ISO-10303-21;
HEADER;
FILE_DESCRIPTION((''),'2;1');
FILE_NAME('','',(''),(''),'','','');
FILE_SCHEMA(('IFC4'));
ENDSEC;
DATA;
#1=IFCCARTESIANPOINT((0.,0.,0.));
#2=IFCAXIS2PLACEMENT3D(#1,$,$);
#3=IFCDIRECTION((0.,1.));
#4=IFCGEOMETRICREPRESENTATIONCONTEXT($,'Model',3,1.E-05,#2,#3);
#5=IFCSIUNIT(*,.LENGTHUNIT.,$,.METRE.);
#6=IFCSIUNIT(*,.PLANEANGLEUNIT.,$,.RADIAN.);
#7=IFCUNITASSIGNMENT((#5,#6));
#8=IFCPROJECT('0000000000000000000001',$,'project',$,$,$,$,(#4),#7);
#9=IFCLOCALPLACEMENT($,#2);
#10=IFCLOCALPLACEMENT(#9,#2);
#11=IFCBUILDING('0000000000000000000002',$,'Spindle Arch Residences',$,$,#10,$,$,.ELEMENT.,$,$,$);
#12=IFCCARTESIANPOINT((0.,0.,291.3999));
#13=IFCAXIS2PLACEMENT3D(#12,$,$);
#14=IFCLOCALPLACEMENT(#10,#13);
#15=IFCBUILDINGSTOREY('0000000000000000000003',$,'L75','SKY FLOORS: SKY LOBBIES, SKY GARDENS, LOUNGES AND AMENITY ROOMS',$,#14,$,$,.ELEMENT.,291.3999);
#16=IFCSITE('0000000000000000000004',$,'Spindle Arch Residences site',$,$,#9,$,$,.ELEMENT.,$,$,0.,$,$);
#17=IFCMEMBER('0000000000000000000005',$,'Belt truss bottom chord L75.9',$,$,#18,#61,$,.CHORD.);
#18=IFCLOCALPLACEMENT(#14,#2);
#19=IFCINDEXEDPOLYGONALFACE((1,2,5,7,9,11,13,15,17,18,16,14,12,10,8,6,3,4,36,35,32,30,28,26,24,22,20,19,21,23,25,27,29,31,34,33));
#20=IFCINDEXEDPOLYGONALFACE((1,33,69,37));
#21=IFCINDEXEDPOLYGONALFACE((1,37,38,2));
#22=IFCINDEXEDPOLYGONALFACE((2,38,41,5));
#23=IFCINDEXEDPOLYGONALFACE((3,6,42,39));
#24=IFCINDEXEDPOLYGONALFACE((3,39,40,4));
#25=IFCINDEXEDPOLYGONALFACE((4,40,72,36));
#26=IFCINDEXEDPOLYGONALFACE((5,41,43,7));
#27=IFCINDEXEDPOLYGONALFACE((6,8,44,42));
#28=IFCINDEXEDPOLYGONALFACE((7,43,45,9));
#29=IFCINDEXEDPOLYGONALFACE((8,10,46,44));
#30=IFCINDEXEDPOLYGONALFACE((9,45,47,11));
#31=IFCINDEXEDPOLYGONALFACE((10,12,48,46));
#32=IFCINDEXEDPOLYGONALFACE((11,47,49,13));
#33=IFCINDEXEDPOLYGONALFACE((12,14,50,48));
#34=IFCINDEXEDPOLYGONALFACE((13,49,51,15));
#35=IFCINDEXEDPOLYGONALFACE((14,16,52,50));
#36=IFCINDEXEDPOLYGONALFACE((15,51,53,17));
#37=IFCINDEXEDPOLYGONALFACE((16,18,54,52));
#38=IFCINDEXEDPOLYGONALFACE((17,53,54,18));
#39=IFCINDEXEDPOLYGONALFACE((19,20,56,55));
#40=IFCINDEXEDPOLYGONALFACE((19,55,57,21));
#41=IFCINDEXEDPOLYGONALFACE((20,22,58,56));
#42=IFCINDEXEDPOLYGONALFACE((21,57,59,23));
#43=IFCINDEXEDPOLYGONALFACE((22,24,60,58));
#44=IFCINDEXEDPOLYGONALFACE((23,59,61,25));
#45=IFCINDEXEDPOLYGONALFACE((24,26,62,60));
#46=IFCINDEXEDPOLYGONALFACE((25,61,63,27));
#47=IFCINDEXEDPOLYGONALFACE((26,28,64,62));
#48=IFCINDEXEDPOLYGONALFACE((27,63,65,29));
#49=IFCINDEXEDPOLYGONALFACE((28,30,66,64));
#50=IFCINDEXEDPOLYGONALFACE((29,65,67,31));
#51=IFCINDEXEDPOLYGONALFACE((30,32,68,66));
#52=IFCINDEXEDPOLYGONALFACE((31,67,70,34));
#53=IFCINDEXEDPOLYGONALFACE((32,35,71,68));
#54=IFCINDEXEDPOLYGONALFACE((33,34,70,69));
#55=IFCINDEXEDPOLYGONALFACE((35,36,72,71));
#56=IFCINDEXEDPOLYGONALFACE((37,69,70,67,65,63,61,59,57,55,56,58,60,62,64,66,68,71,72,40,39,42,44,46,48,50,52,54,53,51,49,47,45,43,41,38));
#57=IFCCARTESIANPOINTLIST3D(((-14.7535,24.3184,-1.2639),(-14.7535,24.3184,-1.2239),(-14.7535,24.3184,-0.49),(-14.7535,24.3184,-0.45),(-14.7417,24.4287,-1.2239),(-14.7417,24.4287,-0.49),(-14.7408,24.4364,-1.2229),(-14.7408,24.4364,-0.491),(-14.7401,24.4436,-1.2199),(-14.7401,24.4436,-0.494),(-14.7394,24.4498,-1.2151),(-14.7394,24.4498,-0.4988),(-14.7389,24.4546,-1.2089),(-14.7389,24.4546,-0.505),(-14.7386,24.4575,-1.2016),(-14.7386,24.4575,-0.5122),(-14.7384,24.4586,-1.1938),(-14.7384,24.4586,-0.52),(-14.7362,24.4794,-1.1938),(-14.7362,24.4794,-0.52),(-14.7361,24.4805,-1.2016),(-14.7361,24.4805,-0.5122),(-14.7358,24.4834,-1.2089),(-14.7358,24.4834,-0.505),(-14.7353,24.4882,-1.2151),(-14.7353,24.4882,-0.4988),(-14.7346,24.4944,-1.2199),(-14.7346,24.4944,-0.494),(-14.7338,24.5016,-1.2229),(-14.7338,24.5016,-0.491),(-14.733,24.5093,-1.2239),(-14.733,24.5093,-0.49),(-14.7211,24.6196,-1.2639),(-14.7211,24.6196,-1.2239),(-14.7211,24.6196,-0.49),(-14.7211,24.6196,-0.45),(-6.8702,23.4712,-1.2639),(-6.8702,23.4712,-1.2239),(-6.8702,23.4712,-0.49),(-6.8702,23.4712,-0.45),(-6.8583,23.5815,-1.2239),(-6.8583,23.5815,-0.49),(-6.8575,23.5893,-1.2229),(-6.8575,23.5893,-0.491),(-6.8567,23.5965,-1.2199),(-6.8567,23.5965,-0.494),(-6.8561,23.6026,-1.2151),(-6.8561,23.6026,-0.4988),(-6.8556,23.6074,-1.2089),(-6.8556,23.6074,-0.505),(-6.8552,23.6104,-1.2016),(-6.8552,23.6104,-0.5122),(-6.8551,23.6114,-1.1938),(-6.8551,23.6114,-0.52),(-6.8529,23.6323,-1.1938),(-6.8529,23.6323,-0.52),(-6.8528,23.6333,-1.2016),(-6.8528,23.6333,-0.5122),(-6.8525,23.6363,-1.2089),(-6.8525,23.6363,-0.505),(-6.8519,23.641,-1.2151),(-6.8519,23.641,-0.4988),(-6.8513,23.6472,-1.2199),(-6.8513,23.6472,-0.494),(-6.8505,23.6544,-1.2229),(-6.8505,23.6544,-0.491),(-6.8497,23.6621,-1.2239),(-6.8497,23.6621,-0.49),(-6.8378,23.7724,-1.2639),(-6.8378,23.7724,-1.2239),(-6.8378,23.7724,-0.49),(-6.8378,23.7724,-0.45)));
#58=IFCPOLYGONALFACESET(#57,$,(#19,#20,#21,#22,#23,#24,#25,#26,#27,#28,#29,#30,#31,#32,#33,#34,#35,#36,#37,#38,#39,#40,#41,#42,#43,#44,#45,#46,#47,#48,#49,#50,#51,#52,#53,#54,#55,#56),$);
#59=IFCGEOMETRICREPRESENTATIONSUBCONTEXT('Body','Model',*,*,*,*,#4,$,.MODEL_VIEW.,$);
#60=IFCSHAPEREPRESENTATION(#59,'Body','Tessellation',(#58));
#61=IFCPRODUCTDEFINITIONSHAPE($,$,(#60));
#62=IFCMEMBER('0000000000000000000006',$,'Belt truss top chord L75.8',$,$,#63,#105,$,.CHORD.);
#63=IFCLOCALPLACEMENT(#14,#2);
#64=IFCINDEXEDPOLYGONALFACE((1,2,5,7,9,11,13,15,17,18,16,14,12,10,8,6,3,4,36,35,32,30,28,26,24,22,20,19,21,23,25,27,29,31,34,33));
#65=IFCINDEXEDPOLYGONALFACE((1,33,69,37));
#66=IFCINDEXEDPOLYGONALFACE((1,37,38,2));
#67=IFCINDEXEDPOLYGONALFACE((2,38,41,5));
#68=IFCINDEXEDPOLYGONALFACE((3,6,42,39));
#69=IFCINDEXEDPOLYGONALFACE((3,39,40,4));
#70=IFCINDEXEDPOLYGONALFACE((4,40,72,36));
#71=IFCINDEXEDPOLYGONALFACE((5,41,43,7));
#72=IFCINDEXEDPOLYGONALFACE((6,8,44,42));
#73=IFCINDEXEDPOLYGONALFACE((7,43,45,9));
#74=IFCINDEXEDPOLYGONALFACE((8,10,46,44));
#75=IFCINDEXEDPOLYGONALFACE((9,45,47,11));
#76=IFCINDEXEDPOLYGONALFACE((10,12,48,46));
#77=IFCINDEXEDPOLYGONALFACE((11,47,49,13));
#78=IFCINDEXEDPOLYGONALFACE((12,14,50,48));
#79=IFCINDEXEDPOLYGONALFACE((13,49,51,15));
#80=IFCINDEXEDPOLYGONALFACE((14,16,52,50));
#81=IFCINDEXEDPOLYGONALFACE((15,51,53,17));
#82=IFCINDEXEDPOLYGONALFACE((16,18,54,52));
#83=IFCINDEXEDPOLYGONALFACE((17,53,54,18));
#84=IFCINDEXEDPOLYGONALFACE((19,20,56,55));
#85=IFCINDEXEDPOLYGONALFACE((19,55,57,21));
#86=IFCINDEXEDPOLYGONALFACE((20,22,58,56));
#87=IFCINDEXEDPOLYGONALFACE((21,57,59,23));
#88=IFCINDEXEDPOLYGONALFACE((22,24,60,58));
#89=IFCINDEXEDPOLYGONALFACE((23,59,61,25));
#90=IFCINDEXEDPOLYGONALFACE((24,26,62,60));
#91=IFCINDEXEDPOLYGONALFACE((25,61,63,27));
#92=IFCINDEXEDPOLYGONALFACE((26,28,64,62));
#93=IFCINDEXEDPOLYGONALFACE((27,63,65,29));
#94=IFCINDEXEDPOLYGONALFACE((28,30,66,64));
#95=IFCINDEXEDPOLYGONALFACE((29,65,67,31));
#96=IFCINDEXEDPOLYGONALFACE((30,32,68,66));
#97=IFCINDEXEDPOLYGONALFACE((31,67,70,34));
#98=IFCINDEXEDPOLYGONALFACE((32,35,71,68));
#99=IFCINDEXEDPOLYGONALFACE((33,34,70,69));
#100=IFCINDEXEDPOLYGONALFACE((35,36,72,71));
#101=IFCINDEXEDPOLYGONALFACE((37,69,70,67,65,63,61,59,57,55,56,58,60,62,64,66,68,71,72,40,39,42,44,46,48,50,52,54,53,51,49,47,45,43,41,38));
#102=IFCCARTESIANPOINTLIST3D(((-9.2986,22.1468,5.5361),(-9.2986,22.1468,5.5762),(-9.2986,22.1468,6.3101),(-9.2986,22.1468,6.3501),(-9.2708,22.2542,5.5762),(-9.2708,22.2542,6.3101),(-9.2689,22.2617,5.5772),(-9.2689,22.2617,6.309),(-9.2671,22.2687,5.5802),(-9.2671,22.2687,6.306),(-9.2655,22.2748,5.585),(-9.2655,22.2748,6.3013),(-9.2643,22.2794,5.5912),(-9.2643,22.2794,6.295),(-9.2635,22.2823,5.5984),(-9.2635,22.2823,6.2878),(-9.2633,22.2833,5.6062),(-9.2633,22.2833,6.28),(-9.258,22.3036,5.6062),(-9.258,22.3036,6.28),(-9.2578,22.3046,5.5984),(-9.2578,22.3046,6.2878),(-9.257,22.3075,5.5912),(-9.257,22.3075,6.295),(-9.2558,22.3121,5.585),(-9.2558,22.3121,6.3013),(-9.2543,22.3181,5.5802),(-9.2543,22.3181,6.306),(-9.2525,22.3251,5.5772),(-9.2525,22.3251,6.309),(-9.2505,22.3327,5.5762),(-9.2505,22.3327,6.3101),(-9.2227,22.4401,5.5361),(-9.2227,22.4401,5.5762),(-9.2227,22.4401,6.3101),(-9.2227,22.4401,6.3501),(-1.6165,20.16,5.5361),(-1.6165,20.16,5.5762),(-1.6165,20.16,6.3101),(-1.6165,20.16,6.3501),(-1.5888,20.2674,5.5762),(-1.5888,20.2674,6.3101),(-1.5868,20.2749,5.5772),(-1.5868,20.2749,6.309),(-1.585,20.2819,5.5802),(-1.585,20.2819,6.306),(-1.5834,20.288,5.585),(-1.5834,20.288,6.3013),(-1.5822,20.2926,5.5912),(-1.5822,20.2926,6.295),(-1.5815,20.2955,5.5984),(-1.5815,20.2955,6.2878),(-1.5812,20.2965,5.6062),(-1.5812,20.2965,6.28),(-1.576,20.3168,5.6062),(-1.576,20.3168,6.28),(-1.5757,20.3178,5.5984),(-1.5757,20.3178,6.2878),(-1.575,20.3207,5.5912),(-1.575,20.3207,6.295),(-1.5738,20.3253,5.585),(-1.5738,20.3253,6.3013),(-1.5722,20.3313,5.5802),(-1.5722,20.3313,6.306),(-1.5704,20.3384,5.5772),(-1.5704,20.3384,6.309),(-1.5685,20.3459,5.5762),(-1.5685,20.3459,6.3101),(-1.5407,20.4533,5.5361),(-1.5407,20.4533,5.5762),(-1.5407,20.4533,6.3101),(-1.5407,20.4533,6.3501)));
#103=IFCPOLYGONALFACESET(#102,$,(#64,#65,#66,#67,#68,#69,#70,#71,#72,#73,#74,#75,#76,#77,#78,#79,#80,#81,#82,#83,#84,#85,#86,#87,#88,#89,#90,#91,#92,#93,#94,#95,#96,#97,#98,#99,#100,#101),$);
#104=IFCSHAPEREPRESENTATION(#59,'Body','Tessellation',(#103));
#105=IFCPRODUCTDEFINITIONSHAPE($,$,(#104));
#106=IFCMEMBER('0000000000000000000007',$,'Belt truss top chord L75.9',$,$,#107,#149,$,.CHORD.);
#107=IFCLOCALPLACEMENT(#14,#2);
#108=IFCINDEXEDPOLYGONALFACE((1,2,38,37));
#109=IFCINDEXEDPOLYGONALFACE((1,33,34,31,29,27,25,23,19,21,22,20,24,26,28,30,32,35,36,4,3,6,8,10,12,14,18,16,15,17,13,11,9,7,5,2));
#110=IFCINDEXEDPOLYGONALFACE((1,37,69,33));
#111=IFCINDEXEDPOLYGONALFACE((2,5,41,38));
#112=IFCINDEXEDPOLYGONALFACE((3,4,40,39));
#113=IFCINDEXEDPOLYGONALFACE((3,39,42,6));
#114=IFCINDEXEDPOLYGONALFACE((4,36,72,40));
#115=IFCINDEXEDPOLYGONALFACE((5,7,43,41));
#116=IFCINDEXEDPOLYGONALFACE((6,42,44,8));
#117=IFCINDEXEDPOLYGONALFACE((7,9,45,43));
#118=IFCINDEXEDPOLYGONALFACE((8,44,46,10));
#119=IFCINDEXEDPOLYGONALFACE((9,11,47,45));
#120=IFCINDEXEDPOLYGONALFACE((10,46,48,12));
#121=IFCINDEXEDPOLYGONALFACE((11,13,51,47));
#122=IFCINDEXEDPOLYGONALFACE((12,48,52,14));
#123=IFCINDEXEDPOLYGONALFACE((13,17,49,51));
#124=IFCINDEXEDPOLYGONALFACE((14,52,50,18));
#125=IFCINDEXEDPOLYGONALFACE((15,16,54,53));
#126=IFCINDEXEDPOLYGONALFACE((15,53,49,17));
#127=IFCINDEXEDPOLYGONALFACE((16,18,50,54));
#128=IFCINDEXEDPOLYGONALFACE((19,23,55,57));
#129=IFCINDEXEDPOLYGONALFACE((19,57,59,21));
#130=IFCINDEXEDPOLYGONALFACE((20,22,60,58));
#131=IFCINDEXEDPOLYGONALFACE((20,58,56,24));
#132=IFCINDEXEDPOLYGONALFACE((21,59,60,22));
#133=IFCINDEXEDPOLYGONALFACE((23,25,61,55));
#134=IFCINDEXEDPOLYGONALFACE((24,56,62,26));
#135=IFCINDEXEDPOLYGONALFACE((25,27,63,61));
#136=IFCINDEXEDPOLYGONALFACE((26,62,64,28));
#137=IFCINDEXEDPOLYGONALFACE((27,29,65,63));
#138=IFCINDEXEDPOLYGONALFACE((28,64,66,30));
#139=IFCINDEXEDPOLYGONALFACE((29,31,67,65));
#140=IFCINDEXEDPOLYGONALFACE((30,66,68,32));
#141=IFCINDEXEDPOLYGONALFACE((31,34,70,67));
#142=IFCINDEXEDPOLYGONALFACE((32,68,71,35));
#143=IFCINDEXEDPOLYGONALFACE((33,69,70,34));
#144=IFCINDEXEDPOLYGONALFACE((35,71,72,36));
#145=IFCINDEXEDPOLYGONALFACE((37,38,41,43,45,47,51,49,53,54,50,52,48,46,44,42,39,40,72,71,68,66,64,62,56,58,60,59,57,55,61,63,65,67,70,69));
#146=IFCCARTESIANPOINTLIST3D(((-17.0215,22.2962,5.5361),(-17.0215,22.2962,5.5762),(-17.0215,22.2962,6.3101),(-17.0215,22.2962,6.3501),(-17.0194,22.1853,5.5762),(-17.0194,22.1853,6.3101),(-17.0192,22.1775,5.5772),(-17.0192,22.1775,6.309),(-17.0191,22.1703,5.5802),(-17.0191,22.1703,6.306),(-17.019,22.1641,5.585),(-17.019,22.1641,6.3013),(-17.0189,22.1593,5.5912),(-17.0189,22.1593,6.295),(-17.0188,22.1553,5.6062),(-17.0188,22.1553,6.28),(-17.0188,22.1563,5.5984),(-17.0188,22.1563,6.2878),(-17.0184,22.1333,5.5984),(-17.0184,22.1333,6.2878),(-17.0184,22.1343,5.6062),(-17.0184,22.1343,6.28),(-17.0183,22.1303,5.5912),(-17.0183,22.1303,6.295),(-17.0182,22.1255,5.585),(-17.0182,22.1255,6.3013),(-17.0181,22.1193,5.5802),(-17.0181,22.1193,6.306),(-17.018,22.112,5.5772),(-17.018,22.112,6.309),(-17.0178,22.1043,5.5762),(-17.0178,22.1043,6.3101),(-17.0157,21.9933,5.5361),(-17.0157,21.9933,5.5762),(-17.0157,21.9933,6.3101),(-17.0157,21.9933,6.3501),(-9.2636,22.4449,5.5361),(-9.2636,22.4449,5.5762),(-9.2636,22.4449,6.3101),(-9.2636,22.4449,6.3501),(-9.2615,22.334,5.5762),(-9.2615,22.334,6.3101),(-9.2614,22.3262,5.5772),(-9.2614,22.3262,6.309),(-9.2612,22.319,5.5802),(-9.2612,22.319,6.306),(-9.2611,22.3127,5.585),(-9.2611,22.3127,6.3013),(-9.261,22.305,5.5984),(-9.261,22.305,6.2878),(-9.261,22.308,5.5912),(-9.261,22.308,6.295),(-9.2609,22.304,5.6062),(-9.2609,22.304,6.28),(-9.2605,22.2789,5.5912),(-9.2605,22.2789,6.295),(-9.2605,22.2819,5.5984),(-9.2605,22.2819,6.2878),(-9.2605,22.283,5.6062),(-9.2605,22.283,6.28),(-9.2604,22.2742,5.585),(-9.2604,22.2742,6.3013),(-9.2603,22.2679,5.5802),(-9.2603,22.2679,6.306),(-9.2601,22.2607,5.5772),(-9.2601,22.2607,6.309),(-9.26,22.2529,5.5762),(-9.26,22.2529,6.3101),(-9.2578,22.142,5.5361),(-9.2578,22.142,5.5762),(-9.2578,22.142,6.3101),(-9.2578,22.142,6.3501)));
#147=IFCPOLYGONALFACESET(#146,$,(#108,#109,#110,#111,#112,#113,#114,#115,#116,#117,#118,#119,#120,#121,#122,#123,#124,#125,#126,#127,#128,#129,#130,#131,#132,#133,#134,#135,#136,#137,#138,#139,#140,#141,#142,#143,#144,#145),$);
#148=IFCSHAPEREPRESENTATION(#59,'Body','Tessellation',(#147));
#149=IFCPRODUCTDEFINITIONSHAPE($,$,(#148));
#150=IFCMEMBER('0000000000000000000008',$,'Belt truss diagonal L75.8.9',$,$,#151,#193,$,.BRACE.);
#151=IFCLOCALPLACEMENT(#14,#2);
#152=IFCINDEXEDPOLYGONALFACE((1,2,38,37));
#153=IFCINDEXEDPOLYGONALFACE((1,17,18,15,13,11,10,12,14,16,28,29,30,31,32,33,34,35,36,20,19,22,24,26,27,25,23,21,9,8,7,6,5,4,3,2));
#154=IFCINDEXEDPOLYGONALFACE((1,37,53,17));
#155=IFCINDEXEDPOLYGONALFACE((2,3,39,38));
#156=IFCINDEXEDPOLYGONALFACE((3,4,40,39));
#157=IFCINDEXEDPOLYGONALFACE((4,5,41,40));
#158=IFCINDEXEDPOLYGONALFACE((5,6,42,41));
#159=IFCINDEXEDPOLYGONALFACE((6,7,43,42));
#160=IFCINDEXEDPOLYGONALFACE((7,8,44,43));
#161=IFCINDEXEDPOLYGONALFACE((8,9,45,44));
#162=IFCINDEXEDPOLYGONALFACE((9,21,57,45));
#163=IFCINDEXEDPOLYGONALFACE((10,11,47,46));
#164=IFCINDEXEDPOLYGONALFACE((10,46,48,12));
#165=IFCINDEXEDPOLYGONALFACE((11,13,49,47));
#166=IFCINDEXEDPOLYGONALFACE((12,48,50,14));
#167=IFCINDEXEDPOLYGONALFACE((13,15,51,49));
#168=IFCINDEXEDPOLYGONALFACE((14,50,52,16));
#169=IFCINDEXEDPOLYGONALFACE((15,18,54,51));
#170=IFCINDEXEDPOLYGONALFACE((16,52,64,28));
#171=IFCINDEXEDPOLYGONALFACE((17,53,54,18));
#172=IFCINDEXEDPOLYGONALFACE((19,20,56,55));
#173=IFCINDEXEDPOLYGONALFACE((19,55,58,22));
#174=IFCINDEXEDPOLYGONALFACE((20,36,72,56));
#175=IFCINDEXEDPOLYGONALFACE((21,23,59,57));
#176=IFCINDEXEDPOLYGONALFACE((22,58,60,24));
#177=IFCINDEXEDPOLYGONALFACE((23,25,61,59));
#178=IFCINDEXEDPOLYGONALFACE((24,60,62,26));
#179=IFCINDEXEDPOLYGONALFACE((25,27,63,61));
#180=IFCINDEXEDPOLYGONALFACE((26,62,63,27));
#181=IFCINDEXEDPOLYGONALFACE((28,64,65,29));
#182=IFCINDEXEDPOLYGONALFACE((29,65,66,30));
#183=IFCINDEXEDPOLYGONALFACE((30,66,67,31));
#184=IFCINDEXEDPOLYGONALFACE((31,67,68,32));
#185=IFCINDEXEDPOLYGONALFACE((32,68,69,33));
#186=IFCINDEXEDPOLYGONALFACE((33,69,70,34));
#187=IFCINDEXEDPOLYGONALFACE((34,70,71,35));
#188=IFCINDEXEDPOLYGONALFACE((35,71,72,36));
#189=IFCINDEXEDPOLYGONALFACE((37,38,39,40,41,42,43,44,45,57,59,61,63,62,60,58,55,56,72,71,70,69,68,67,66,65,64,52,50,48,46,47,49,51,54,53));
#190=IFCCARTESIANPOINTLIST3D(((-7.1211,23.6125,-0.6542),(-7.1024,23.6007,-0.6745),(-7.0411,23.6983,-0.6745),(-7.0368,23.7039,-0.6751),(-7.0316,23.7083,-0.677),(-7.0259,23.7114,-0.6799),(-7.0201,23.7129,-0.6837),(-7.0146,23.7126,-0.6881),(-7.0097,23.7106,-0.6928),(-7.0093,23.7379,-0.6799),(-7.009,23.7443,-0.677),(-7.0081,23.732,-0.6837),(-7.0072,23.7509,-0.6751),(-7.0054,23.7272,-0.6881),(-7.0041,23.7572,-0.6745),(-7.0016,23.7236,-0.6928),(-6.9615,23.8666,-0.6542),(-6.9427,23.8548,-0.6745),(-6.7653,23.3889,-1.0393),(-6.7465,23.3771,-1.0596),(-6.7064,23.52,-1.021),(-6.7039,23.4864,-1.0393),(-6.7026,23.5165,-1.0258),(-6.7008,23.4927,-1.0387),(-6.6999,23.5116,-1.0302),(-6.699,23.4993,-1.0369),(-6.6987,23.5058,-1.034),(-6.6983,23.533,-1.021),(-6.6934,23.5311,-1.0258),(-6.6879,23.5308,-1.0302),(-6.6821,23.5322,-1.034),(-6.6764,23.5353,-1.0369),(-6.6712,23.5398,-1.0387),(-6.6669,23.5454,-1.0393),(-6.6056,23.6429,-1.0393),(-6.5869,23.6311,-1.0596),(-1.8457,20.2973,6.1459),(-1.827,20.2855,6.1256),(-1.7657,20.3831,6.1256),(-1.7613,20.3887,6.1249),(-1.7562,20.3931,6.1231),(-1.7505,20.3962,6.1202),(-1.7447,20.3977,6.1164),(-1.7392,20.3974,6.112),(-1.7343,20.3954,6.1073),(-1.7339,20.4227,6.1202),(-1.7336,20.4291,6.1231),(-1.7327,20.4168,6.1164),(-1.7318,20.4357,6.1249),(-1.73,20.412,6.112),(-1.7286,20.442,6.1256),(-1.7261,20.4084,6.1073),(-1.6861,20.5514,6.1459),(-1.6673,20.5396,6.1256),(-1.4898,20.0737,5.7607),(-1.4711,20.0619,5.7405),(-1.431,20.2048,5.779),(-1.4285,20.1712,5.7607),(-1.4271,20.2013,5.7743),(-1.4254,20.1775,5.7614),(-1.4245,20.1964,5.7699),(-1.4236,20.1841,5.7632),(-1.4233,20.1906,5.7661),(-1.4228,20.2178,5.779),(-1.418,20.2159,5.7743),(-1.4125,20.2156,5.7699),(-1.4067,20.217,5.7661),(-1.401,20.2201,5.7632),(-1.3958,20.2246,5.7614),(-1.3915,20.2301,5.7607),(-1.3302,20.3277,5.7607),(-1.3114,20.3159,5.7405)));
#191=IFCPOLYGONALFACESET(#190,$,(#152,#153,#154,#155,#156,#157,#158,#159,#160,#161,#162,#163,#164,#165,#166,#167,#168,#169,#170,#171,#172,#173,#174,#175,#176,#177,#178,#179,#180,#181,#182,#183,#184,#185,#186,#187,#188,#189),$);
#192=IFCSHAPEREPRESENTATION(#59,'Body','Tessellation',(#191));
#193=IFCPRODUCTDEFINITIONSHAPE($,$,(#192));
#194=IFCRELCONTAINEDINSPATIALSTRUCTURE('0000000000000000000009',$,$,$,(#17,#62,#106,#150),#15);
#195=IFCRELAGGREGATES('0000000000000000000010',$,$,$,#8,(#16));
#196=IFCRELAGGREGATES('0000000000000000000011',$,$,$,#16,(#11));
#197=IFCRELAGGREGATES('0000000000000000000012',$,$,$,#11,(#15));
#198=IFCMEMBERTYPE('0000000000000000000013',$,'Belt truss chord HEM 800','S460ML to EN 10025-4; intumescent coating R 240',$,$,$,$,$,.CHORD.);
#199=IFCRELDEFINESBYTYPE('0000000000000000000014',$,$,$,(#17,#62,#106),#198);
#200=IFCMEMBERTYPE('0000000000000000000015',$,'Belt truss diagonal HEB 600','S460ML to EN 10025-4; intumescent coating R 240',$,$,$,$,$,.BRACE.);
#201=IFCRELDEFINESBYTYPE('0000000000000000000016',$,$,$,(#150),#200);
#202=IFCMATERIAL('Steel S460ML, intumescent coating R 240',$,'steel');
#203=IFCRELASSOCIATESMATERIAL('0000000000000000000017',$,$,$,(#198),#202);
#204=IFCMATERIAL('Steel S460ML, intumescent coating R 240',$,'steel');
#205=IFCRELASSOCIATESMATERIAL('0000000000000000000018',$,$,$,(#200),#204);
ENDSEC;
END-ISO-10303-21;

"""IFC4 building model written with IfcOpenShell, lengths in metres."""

from ifc_helpers import new_model, si_unit, direction, frame, origin, origin_2d, place, context, subcontext, project, spatial, i_section, extrude, material, material_profile, profile_set, type_object, element, save


model = new_model("IFC4")

# Units and contexts
model_context = context("Model", 3, precision=1e-05, world=origin(), true_north=direction((0.0, 1.0)))
body_context = subcontext(model_context, "Body", "Model", "MODEL_VIEW")
ifc_project = project(units=[si_unit("LENGTHUNIT", "METRE"), si_unit("PLANEANGLEUNIT", "RADIAN")], contexts=[model_context])

# Site, building, storey
site_placement = place(None, origin())
site = spatial("IfcSite", under=ifc_project, at=site_placement, Name="Spindle Arch Residences site", CompositionType="ELEMENT", RefElevation=0.0)
building_placement = place(site_placement, origin())
building = spatial("IfcBuilding", under=site, at=building_placement, Name="Spindle Arch Residences", CompositionType="ELEMENT")
storey_placement = place(building_placement, frame((0.0, 0.0, 291.3999)))
storey = spatial("IfcBuildingStorey", under=building, at=storey_placement, Name="L75", Description="SKY FLOORS: SKY LOBBIES, SKY GARDENS, LOUNGES AND AMENITY ROOMS", CompositionType="ELEMENT", Elevation=291.3999)

# Members
ifc_material_1 = material(Name="Steel S460ML, intumescent coating R 240", Category="steel")
ifc_material_profile_1 = material_profile(ifc_material_1, i_section(OverallWidth=0.303, OverallDepth=0.814, WebThickness=0.021, FlangeThickness=0.04, FilletRadius=0.03, at=origin_2d()), Name="HEM 800")
ifc_profile_set_1 = profile_set([ifc_material_profile_1], Name="Steel S460ML, intumescent coating R 240")
member_type_1 = type_object("IfcMemberType", Name="Belt truss chord HEM 800", Description="S460ML to EN 10025-4; intumescent coating R 240", PredefinedType="CHORD", material=ifc_profile_set_1)
member_1_placement = place(storey_placement, frame((-6.854, 23.6218, -0.8569), z_axis=(-0.994275, 0.106848, 0.0), x_axis=(-0.106848, -0.994275, 0.0)))
element("IfcMember", 1, at=member_1_placement, inside=storey, type_object=member_type_1, Name="Belt truss bottom chord L75.9", PredefinedType="CHORD", context=body_context, shape_type="SweptSolid", body=[
    extrude(i_section(OverallWidth=0.303, OverallDepth=0.814, WebThickness=0.021, FlangeThickness=0.04, FilletRadius=0.03, at=origin_2d()), origin(), (0.0, 0.0, 1.0), 7.9287),
])
member_2_placement = place(storey_placement, frame((-1.5786, 20.3066, 5.9431), z_axis=(-0.968145, 0.25039, 0.0), x_axis=(-0.25039, -0.968145, 0.0)))
element("IfcMember", 2, at=member_2_placement, inside=storey, type_object=member_type_1, Name="Belt truss top chord L75.8", PredefinedType="CHORD", context=body_context, shape_type="SweptSolid", body=[
    extrude(i_section(OverallWidth=0.303, OverallDepth=0.814, WebThickness=0.021, FlangeThickness=0.04, FilletRadius=0.03, at=origin_2d()), origin(), (0.0, 0.0, 1.0), 7.9348),
])
member_3_placement = place(storey_placement, frame((-9.2607, 22.2935, 5.9431), z_axis=(-0.999816, -0.019162, 0.0), x_axis=(0.019162, -0.999816, 0.0)))
element("IfcMember", 3, at=member_3_placement, inside=storey, type_object=member_type_1, Name="Belt truss top chord L75.9", PredefinedType="CHORD", context=body_context, shape_type="SweptSolid", body=[
    extrude(i_section(OverallWidth=0.303, OverallDepth=0.814, WebThickness=0.021, FlangeThickness=0.04, FilletRadius=0.03, at=origin_2d()), origin(), (0.0, 0.0, 1.0), 7.7593),
])
ifc_material_2 = material(Name="Steel S460ML, intumescent coating R 240", Category="steel")
ifc_material_profile_2 = material_profile(ifc_material_2, i_section(OverallWidth=0.3, OverallDepth=0.6001, WebThickness=0.0154, FlangeThickness=0.03, FilletRadius=0.0271, at=origin_2d()), Name="HEB 600")
ifc_profile_set_2 = profile_set([ifc_material_profile_2], Name="Steel S460ML, intumescent coating R 240")
member_type_2 = type_object("IfcMemberType", Name="Belt truss diagonal HEB 600", Description="S460ML to EN 10025-4; intumescent coating R 240", PredefinedType="BRACE", material=ifc_profile_set_2)
member_4_placement = place(storey_placement, frame((-6.854, 23.6218, -0.8569), z_axis=(0.571992, -0.359454, 0.737305), x_axis=(0.532082, 0.846693, 0.0)))
element("IfcMember", 4, at=member_4_placement, inside=storey, type_object=member_type_2, Name="Belt truss diagonal L75.8.9", PredefinedType="BRACE", context=body_context, shape_type="SweptSolid", body=[
    extrude(i_section(OverallWidth=0.3, OverallDepth=0.6001, WebThickness=0.0154, FlangeThickness=0.03, FilletRadius=0.0271, at=origin_2d()), origin(), (0.0, 0.0, 1.0), 9.2229),
])

save(model, "model.ifc")
